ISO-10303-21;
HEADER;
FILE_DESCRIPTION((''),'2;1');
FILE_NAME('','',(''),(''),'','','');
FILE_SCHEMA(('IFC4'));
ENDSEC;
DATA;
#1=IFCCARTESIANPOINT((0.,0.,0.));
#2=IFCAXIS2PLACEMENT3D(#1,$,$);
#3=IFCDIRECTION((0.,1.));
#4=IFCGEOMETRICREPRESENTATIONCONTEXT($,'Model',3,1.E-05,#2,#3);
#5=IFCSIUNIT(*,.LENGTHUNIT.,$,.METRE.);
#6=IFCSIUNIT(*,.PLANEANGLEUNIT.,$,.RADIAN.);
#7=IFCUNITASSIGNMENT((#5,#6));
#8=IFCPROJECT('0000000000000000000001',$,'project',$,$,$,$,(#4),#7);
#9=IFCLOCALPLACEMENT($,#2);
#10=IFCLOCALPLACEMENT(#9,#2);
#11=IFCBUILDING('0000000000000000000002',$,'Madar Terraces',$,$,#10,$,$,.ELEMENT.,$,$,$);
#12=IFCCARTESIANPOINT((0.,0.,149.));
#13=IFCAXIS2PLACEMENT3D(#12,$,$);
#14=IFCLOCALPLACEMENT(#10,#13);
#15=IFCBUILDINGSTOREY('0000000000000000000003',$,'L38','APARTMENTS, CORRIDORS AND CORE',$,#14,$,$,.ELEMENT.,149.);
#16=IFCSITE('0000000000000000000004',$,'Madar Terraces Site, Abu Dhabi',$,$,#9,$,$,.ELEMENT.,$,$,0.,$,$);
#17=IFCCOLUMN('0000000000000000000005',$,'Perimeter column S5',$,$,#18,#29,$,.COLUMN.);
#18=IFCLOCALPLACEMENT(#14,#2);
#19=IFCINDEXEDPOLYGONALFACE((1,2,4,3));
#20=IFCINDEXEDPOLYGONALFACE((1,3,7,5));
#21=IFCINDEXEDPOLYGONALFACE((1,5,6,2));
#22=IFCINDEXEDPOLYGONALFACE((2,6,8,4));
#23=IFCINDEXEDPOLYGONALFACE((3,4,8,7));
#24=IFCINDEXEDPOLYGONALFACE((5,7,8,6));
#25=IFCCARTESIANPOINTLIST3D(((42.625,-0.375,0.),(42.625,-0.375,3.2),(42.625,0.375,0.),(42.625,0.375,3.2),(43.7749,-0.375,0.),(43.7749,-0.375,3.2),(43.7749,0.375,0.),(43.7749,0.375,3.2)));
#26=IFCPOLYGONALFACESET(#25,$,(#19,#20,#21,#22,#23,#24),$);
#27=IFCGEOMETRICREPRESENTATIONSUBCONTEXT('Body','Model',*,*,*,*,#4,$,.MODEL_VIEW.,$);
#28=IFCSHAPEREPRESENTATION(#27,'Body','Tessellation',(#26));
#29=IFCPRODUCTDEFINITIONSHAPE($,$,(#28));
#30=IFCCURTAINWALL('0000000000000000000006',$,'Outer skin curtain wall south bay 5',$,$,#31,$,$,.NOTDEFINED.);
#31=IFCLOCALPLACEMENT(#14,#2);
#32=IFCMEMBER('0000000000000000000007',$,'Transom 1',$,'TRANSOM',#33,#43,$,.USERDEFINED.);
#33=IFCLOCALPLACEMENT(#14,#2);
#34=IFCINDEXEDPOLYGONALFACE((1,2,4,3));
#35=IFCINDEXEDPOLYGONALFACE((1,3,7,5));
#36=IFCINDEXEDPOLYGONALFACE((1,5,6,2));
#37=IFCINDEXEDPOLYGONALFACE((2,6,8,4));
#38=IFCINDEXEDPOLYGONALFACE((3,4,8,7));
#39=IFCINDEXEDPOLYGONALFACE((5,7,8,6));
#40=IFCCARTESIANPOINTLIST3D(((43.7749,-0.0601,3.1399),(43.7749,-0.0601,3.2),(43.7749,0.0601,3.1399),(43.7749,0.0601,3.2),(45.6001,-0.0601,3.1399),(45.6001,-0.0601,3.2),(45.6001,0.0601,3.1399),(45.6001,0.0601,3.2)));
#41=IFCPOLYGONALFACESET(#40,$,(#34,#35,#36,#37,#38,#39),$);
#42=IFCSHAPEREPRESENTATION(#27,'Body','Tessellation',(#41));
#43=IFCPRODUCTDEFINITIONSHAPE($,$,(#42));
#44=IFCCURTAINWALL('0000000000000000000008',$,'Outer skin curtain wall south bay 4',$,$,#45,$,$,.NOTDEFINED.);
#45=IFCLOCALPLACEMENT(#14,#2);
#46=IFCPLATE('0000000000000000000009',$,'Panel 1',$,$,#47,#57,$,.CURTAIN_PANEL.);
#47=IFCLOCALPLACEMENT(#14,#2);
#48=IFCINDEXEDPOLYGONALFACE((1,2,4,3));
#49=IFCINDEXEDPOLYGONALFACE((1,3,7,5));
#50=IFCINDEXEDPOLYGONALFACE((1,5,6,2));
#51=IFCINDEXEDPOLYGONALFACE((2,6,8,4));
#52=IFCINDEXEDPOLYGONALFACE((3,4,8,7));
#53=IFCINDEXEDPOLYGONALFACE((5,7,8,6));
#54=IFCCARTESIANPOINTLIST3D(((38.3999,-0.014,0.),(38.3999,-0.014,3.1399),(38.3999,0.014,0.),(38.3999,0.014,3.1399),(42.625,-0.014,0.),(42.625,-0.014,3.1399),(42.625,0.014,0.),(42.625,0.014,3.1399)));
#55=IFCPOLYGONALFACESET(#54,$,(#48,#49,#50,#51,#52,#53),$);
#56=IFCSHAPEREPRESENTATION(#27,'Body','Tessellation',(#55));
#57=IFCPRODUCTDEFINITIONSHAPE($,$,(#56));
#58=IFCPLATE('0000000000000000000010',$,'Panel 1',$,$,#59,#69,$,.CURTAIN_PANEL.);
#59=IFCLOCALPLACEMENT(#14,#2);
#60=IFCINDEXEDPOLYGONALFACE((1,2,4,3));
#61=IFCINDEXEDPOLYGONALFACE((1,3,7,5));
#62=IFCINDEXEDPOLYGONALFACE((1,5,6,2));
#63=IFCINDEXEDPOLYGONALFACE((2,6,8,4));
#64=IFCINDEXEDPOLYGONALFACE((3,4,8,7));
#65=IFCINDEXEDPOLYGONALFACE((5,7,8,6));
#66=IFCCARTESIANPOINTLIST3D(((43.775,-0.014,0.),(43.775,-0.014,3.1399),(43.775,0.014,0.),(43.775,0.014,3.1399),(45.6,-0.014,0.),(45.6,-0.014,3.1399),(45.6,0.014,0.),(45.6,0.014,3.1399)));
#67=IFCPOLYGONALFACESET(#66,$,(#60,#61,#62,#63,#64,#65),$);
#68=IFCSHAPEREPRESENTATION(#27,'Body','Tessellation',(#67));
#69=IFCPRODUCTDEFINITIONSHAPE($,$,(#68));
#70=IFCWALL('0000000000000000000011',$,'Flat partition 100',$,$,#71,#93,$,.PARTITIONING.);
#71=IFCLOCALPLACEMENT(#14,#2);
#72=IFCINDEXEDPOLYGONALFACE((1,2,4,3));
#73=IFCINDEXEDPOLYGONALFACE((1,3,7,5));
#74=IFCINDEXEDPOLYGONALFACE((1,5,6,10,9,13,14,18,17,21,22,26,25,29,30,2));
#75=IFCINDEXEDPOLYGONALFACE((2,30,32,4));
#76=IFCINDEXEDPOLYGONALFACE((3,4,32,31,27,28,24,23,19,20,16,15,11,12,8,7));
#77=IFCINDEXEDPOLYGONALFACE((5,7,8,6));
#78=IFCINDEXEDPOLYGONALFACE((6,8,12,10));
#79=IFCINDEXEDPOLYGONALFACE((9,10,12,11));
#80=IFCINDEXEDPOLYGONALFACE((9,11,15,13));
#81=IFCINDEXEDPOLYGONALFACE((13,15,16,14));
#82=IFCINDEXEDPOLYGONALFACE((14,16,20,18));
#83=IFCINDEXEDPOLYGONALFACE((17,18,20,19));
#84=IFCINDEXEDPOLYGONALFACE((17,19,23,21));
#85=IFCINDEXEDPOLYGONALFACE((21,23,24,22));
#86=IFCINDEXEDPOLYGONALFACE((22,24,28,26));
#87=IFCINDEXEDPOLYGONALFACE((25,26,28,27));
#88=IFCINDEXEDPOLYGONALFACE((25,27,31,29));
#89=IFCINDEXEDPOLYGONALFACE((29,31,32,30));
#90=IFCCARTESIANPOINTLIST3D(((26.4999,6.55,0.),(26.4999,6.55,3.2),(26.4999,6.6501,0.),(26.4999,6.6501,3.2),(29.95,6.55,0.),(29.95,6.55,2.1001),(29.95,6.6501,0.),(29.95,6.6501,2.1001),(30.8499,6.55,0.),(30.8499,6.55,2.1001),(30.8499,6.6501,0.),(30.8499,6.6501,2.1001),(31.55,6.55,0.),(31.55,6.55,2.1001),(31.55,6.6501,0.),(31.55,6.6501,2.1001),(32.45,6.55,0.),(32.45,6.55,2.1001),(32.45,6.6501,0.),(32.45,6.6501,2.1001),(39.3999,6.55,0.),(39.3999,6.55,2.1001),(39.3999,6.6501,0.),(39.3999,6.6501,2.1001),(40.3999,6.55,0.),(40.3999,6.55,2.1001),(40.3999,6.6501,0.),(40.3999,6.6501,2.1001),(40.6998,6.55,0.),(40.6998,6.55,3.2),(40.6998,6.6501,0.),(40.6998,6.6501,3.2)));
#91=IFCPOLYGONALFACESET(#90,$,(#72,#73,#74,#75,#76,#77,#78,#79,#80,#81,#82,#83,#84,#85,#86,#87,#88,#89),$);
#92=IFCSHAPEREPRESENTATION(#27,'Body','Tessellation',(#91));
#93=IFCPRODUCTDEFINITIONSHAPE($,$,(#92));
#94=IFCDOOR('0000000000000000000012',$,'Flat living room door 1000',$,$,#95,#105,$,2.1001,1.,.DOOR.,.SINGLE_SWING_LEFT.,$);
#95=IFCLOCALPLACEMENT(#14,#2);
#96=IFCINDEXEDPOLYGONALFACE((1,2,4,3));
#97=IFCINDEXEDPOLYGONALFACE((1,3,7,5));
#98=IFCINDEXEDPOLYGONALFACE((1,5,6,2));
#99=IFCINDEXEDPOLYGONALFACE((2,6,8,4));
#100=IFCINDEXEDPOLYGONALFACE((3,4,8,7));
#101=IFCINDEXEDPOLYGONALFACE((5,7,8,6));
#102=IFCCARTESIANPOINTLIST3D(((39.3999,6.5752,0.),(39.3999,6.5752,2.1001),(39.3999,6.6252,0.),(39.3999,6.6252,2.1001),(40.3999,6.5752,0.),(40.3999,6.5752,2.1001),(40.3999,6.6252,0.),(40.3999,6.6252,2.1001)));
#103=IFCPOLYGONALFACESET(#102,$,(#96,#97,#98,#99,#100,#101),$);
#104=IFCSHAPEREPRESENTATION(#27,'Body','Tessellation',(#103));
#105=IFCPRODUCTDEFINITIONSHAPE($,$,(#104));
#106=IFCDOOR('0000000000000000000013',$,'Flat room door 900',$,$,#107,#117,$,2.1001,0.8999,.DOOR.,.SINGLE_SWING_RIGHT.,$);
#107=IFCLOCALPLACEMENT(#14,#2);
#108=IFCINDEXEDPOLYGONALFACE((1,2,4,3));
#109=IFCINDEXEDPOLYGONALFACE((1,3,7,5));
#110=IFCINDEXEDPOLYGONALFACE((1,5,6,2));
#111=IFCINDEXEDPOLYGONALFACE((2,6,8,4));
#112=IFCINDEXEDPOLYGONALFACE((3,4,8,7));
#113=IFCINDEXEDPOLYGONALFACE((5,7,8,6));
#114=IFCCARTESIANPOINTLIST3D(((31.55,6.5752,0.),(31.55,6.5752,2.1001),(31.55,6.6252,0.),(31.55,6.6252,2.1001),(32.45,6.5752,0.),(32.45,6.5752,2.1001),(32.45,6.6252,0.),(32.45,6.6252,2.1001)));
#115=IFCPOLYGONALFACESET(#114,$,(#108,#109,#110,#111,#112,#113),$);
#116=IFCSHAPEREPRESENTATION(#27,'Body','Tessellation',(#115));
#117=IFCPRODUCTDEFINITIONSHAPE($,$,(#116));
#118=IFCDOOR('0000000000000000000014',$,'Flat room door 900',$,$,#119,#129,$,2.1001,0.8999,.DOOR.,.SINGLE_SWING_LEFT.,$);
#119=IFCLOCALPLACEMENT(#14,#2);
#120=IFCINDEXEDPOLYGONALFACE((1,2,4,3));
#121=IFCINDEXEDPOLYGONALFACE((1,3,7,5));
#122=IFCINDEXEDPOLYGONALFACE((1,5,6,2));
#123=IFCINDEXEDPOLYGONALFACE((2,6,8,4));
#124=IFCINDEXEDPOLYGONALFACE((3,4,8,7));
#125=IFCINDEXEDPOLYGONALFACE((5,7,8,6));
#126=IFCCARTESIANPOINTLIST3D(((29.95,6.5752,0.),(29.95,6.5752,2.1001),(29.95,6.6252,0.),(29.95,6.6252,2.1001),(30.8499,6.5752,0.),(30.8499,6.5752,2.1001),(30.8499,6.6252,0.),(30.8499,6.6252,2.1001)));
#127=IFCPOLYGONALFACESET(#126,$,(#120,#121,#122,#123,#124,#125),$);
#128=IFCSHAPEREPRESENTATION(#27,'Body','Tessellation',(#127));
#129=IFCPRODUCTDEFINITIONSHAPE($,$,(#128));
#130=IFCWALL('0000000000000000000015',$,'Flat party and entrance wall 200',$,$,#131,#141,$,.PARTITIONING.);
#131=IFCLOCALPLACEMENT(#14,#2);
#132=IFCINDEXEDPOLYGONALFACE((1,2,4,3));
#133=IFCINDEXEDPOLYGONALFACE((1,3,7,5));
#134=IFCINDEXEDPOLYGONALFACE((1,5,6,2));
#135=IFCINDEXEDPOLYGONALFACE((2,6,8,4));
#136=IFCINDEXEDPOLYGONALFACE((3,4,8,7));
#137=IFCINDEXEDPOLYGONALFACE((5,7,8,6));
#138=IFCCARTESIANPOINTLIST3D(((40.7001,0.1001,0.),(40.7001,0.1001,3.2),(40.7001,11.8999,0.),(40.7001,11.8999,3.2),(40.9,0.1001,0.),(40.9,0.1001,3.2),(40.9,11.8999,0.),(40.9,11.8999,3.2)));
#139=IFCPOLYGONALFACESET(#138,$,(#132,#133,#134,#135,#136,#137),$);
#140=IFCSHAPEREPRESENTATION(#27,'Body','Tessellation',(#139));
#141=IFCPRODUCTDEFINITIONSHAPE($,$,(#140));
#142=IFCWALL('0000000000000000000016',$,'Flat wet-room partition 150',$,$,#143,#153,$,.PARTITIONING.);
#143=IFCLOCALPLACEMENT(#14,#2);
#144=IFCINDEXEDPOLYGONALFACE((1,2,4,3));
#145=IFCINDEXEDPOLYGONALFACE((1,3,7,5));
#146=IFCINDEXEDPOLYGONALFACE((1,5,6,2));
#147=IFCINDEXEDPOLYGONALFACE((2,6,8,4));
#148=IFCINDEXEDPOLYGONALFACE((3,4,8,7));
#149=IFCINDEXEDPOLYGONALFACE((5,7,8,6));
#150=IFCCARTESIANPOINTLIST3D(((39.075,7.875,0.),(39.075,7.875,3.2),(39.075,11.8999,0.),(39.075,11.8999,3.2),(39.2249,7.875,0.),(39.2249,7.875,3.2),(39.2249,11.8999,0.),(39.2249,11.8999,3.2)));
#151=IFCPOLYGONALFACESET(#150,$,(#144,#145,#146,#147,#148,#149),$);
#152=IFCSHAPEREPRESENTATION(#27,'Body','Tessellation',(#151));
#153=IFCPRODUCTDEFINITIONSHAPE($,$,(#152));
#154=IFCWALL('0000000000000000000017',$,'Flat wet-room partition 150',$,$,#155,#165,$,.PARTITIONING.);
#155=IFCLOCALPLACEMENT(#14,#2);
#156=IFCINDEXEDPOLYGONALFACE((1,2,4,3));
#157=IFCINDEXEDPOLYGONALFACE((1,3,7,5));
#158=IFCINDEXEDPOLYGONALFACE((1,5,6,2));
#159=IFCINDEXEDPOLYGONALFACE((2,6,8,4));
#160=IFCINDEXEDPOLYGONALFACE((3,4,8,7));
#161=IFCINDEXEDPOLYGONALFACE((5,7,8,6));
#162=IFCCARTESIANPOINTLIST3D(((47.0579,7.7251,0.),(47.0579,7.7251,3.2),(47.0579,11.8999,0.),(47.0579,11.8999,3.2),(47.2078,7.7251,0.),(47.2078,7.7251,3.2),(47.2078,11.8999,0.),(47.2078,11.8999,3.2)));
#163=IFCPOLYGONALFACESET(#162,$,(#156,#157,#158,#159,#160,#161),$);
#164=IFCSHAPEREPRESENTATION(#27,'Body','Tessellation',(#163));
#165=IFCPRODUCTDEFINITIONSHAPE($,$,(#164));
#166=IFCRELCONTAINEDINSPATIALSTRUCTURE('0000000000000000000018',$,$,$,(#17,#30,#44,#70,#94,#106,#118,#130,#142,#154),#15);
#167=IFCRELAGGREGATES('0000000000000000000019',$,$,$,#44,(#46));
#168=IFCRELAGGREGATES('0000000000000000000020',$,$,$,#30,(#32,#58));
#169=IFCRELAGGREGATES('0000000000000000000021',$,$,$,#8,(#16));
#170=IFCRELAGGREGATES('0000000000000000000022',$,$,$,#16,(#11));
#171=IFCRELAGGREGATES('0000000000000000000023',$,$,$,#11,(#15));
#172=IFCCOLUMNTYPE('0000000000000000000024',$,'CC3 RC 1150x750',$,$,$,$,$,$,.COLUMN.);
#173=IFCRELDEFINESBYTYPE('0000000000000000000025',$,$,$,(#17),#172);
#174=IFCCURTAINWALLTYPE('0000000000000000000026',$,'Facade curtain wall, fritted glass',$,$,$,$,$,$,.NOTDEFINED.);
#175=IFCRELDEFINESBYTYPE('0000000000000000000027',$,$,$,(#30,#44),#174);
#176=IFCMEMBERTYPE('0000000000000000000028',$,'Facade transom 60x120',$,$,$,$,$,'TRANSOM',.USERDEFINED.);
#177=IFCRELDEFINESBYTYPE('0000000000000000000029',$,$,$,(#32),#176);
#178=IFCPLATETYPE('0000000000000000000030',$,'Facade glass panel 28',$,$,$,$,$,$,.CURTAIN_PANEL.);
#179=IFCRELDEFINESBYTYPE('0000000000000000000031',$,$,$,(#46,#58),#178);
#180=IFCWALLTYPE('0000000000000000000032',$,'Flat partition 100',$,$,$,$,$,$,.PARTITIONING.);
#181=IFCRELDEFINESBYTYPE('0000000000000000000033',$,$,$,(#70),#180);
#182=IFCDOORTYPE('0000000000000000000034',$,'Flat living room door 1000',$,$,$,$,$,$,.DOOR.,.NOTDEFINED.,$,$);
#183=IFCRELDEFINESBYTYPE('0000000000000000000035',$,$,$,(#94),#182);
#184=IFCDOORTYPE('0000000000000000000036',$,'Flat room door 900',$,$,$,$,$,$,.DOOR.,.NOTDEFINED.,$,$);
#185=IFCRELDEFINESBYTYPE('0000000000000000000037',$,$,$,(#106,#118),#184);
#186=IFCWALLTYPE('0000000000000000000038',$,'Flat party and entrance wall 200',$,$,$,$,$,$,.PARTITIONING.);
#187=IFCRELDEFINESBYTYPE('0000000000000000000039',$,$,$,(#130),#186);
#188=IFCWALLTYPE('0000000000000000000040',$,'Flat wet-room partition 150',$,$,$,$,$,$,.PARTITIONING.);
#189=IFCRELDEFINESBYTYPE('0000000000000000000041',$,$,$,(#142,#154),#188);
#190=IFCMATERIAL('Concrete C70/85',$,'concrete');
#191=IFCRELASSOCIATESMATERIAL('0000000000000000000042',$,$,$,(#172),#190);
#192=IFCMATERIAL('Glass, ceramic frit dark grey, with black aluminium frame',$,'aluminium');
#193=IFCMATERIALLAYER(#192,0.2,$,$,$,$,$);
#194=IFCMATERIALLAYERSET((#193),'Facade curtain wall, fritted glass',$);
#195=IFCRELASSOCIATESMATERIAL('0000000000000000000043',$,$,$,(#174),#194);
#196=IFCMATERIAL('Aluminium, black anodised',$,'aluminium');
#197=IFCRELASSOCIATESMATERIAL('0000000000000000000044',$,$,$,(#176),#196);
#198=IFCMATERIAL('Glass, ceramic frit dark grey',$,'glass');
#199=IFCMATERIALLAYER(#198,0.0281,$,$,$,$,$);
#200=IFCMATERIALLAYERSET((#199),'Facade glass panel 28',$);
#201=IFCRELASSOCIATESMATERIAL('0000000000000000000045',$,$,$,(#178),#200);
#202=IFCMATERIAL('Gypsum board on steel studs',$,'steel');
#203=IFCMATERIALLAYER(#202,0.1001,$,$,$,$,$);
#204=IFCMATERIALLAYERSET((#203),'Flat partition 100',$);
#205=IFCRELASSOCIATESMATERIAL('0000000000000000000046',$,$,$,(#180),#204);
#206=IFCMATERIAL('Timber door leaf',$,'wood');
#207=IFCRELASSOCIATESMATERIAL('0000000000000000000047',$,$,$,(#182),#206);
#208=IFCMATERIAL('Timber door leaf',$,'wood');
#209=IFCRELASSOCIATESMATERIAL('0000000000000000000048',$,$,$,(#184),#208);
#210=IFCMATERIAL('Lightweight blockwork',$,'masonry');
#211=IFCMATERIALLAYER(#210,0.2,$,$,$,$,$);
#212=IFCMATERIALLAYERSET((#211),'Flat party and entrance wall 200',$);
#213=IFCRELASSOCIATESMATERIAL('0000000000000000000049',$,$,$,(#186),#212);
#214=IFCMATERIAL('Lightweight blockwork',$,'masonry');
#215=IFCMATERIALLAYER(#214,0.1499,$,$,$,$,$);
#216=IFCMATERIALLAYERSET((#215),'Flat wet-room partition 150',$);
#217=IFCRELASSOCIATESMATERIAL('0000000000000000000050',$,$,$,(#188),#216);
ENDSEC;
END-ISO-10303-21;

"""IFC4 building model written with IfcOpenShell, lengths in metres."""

from ifc_helpers import new_model, si_unit, direction, frame, frame_2d, origin, origin_2d, place, context, subcontext, project, spatial, rectangle, extrude, material, layer, layer_set, material_profile, profile_set, type_object, element, fill, aggregate, save


model = new_model("IFC4")

# Units and contexts
model_context = context("Model", 3, precision=1e-05, world=origin(), true_north=direction((0.0, 1.0)))
body_context = subcontext(model_context, "Body", "Model", "MODEL_VIEW")
ifc_project = project(units=[si_unit("LENGTHUNIT", "METRE"), si_unit("PLANEANGLEUNIT", "RADIAN")], contexts=[model_context])

# Site, building, storey
site_placement = place(None, origin())
site = spatial("IfcSite", under=ifc_project, at=site_placement, Name="Madar Terraces Site, Abu Dhabi", CompositionType="ELEMENT", RefElevation=0.0)
building_placement = place(site_placement, origin())
building = spatial("IfcBuilding", under=site, at=building_placement, Name="Madar Terraces", CompositionType="ELEMENT")
storey_placement = place(building_placement, frame((0.0, 0.0, 149.0)))
storey = spatial("IfcBuildingStorey", under=building, at=storey_placement, Name="L38", Description="APARTMENTS, CORRIDORS AND CORE", CompositionType="ELEMENT", Elevation=149.0)

# Column
ifc_material_1 = material(Name="Concrete C70/85", Category="concrete")
ifc_material_profile_1 = material_profile(ifc_material_1, rectangle(XDim=1.1499, YDim=0.75, at=origin_2d()), Name="CC3 RC 1150x750")
ifc_profile_set_1 = profile_set([ifc_material_profile_1], Name="Concrete C70/85")
column_type = type_object("IfcColumnType", Name="CC3 RC 1150x750", PredefinedType="COLUMN", material=ifc_profile_set_1)
column_placement = place(storey_placement, frame((43.2, 0.0, 0.0), z_axis=(0.0, 0.0, 1.0), x_axis=(1.0, 0.0, 0.0)))
element("IfcColumn", 1, at=column_placement, inside=storey, type_object=column_type, Name="Perimeter column S5", PredefinedType="COLUMN", context=body_context, shape_type="SweptSolid", body=[
    extrude(rectangle(XDim=1.1499, YDim=0.75, at=origin_2d()), origin(), (0.0, 0.0, 1.0), 3.2),
])

# Curtain wall, member
ifc_material_2 = material(Name="Glass, ceramic frit dark grey, with black aluminium frame", Category="aluminium")
ifc_layer_1 = layer(ifc_material_2, 0.2)
ifc_layer_set_1 = layer_set([ifc_layer_1], Name="Facade curtain wall, fritted glass")
curtain_wall_type = type_object("IfcCurtainWallType", Name="Facade curtain wall, fritted glass", PredefinedType="NOTDEFINED", material=ifc_layer_set_1)
curtain_wall_1_placement = place(storey_placement, origin())
curtain_wall_1 = element("IfcCurtainWall", 2, at=curtain_wall_1_placement, inside=storey, type_object=curtain_wall_type, Name="Outer skin curtain wall south bay 5", PredefinedType="NOTDEFINED")
ifc_material_3 = material(Name="Aluminium, black anodised", Category="aluminium")
ifc_material_profile_2 = material_profile(ifc_material_3, rectangle(XDim=0.1201, YDim=0.0601, at=origin_2d()), Name="Facade transom 60x120")
ifc_profile_set_2 = profile_set([ifc_material_profile_2], Name="Aluminium, black anodised")
member_type = type_object("IfcMemberType", Name="Facade transom 60x120", ElementType="TRANSOM", PredefinedType="USERDEFINED", material=ifc_profile_set_2)
member_placement = place(storey_placement, frame((43.7749, 0.0, 3.1699), z_axis=(1.0, 0.0, 0.0), x_axis=(0.0, 1.0, 0.0)))
member = element("IfcMember", 3, at=member_placement, type_object=member_type, Name="Transom 1", ObjectType="TRANSOM", PredefinedType="USERDEFINED", context=body_context, shape_type="SweptSolid", body=[
    extrude(rectangle(XDim=0.1201, YDim=0.0601, at=origin_2d()), origin(), (0.0, 0.0, 1.0), 1.8252),
])

# Curtain wall, plate
curtain_wall_2_placement = place(storey_placement, origin())
curtain_wall_2 = element("IfcCurtainWall", 4, at=curtain_wall_2_placement, inside=storey, type_object=curtain_wall_type, Name="Outer skin curtain wall south bay 4", PredefinedType="NOTDEFINED")
ifc_material_4 = material(Name="Glass, ceramic frit dark grey", Category="glass")
ifc_layer_2 = layer(ifc_material_4, 0.0281)
ifc_layer_set_2 = layer_set([ifc_layer_2], Name="Facade glass panel 28")
plate_type = type_object("IfcPlateType", Name="Facade glass panel 28", PredefinedType="CURTAIN_PANEL", material=ifc_layer_set_2)
plate_1_placement = place(storey_placement, frame((40.5125, 0.0, 0.0), z_axis=(0.0, 0.0, 1.0), x_axis=(1.0, 0.0, 0.0)))
plate_1 = element("IfcPlate", 5, at=plate_1_placement, type_object=plate_type, Name="Panel 1", PredefinedType="CURTAIN_PANEL", context=body_context, shape_type="SweptSolid", body=[
    extrude(rectangle(XDim=4.2251, YDim=0.0281, at=origin_2d()), origin(), (0.0, 0.0, 1.0), 3.1399),
])
aggregate(curtain_wall_2, [plate_1])

# Plate
plate_2_placement = place(storey_placement, frame((44.6875, 0.0, 0.0), z_axis=(0.0, 0.0, 1.0), x_axis=(1.0, 0.0, 0.0)))
plate_2 = element("IfcPlate", 6, at=plate_2_placement, type_object=plate_type, Name="Panel 1", PredefinedType="CURTAIN_PANEL", context=body_context, shape_type="SweptSolid", body=[
    extrude(rectangle(XDim=1.825, YDim=0.0281, at=origin_2d()), origin(), (0.0, 0.0, 1.0), 3.1399),
])
aggregate(curtain_wall_1, [member, plate_2])

# Wall, openings, doors
ifc_material_5 = material(Name="Gypsum board on steel studs", Category="steel")
ifc_layer_3 = layer(ifc_material_5, 0.1001)
ifc_layer_set_3 = layer_set([ifc_layer_3], Name="Flat partition 100")
wall_type_1 = type_object("IfcWallType", Name="Flat partition 100", PredefinedType="PARTITIONING", material=ifc_layer_set_3)
wall_1_placement = place(storey_placement, frame((40.7, 6.6001, 0.0), z_axis=(0.0, 0.0, 1.0), x_axis=(-1.0, 0.0, 0.0)))
wall_1 = element("IfcWall", 7, at=wall_1_placement, inside=storey, type_object=wall_type_1, Name="Flat partition 100", PredefinedType="PARTITIONING", context=body_context, shape_type="SweptSolid", body=[
    extrude(rectangle(XDim=14.2, YDim=0.1001, at=frame_2d((7.1001, 0.0))), origin(), (0.0, 0.0, 1.0), 3.2),
])
opening_1_placement = place(wall_1_placement, frame((0.3, 0.0, 0.0)))
opening_1 = element("IfcOpeningElement", 8, at=opening_1_placement, cuts=wall_1, PredefinedType="OPENING", context=body_context, shape_type="SweptSolid", body=[
    extrude(rectangle(XDim=1.0, YDim=2.1001, at=frame_2d((0.5, 1.05))), frame((0.0, 0.0601, 0.0), z_axis=(0.0, -1.0, 0.0), x_axis=(1.0, 0.0, 0.0)), (0.0, 0.0, 1.0), 0.1201),
])
opening_2_placement = place(wall_1_placement, frame((8.25, 0.0, 0.0)))
opening_2 = element("IfcOpeningElement", 9, at=opening_2_placement, cuts=wall_1, PredefinedType="OPENING", context=body_context, shape_type="SweptSolid", body=[
    extrude(rectangle(XDim=0.8999, YDim=2.1001, at=frame_2d((0.45, 1.05))), frame((0.0, 0.0601, 0.0), z_axis=(0.0, -1.0, 0.0), x_axis=(1.0, 0.0, 0.0)), (0.0, 0.0, 1.0), 0.1201),
])
opening_3_placement = place(wall_1_placement, frame((9.8501, 0.0, 0.0)))
opening_3 = element("IfcOpeningElement", 10, at=opening_3_placement, cuts=wall_1, PredefinedType="OPENING", context=body_context, shape_type="SweptSolid", body=[
    extrude(rectangle(XDim=0.8999, YDim=2.1001, at=frame_2d((0.45, 1.05))), frame((0.0, 0.0601, 0.0), z_axis=(0.0, -1.0, 0.0), x_axis=(1.0, 0.0, 0.0)), (0.0, 0.0, 1.0), 0.1201),
])
ifc_material_6 = material(Name="Timber door leaf", Category="wood")
door_type_1 = type_object("IfcDoorType", Name="Flat living room door 1000", OperationType="NOTDEFINED", PredefinedType="DOOR", material=ifc_material_6)
door_1_placement = place(opening_1_placement, origin())
door_1 = element("IfcDoor", 11, at=door_1_placement, inside=storey, type_object=door_type_1, Name="Flat living room door 1000", OperationType="SINGLE_SWING_LEFT", OverallHeight=2.1001, OverallWidth=1.0, PredefinedType="DOOR", context=body_context, shape_type="SweptSolid", body=[
    extrude(rectangle(XDim=1.0, YDim=2.1001, at=frame_2d((0.5, 1.05))), frame((0.0, 0.0249, 0.0), z_axis=(0.0, -1.0, 0.0), x_axis=(1.0, 0.0, 0.0)), (0.0, 0.0, 1.0), 0.05),
])
fill(opening_1, door_1)
ifc_material_7 = material(Name="Timber door leaf", Category="wood")
door_type_2 = type_object("IfcDoorType", Name="Flat room door 900", OperationType="NOTDEFINED", PredefinedType="DOOR", material=ifc_material_7)
door_2_placement = place(opening_2_placement, origin())
door_2 = element("IfcDoor", 12, at=door_2_placement, inside=storey, type_object=door_type_2, Name="Flat room door 900", OperationType="SINGLE_SWING_RIGHT", OverallHeight=2.1001, OverallWidth=0.8999, PredefinedType="DOOR", context=body_context, shape_type="SweptSolid", body=[
    extrude(rectangle(XDim=0.8999, YDim=2.1001, at=frame_2d((0.45, 1.05))), frame((0.0, 0.0249, 0.0), z_axis=(0.0, -1.0, 0.0), x_axis=(1.0, 0.0, 0.0)), (0.0, 0.0, 1.0), 0.05),
])
fill(opening_2, door_2)
door_3_placement = place(opening_3_placement, origin())
door_3 = element("IfcDoor", 13, at=door_3_placement, inside=storey, type_object=door_type_2, Name="Flat room door 900", OperationType="SINGLE_SWING_LEFT", OverallHeight=2.1001, OverallWidth=0.8999, PredefinedType="DOOR", context=body_context, shape_type="SweptSolid", body=[
    extrude(rectangle(XDim=0.8999, YDim=2.1001, at=frame_2d((0.45, 1.05))), frame((0.0, 0.0249, 0.0), z_axis=(0.0, -1.0, 0.0), x_axis=(1.0, 0.0, 0.0)), (0.0, 0.0, 1.0), 0.05),
])
fill(opening_3, door_3)

# Walls
ifc_material_8 = material(Name="Lightweight blockwork", Category="masonry")
ifc_layer_4 = layer(ifc_material_8, 0.2)
ifc_layer_set_4 = layer_set([ifc_layer_4], Name="Flat party and entrance wall 200")
wall_type_2 = type_object("IfcWallType", Name="Flat party and entrance wall 200", PredefinedType="PARTITIONING", material=ifc_layer_set_4)
wall_2_placement = place(storey_placement, frame((40.8, 11.8999, 0.0), z_axis=(0.0, 0.0, 1.0), x_axis=(0.0, -1.0, 0.0)))
element("IfcWall", 14, at=wall_2_placement, inside=storey, type_object=wall_type_2, Name="Flat party and entrance wall 200", PredefinedType="PARTITIONING", context=body_context, shape_type="SweptSolid", body=[
    extrude(rectangle(XDim=11.7998, YDim=0.2, at=frame_2d((5.8999, 0.0))), origin(), (0.0, 0.0, 1.0), 3.2),
])
ifc_material_9 = material(Name="Lightweight blockwork", Category="masonry")
ifc_layer_5 = layer(ifc_material_9, 0.1499)
ifc_layer_set_5 = layer_set([ifc_layer_5], Name="Flat wet-room partition 150")
wall_type_3 = type_object("IfcWallType", Name="Flat wet-room partition 150", PredefinedType="PARTITIONING", material=ifc_layer_set_5)
wall_3_placement = place(storey_placement, frame((39.1499, 11.8999, 0.0), z_axis=(0.0, 0.0, 1.0), x_axis=(0.0, -1.0, 0.0)))
element("IfcWall", 15, at=wall_3_placement, inside=storey, type_object=wall_type_3, Name="Flat wet-room partition 150", PredefinedType="PARTITIONING", context=body_context, shape_type="SweptSolid", body=[
    extrude(rectangle(XDim=4.0249, YDim=0.1499, at=frame_2d((2.0125, 0.0))), origin(), (0.0, 0.0, 1.0), 3.2),
])
wall_4_placement = place(storey_placement, frame((47.1328, 11.8999, 0.0), z_axis=(0.0, 0.0, 1.0), x_axis=(0.0, -1.0, 0.0)))
element("IfcWall", 16, at=wall_4_placement, inside=storey, type_object=wall_type_3, Name="Flat wet-room partition 150", PredefinedType="PARTITIONING", context=body_context, shape_type="SweptSolid", body=[
    extrude(rectangle(XDim=4.1748, YDim=0.1499, at=frame_2d((2.0874, 0.0))), origin(), (0.0, 0.0, 1.0), 3.2),
])

save(model, "model.ifc")
